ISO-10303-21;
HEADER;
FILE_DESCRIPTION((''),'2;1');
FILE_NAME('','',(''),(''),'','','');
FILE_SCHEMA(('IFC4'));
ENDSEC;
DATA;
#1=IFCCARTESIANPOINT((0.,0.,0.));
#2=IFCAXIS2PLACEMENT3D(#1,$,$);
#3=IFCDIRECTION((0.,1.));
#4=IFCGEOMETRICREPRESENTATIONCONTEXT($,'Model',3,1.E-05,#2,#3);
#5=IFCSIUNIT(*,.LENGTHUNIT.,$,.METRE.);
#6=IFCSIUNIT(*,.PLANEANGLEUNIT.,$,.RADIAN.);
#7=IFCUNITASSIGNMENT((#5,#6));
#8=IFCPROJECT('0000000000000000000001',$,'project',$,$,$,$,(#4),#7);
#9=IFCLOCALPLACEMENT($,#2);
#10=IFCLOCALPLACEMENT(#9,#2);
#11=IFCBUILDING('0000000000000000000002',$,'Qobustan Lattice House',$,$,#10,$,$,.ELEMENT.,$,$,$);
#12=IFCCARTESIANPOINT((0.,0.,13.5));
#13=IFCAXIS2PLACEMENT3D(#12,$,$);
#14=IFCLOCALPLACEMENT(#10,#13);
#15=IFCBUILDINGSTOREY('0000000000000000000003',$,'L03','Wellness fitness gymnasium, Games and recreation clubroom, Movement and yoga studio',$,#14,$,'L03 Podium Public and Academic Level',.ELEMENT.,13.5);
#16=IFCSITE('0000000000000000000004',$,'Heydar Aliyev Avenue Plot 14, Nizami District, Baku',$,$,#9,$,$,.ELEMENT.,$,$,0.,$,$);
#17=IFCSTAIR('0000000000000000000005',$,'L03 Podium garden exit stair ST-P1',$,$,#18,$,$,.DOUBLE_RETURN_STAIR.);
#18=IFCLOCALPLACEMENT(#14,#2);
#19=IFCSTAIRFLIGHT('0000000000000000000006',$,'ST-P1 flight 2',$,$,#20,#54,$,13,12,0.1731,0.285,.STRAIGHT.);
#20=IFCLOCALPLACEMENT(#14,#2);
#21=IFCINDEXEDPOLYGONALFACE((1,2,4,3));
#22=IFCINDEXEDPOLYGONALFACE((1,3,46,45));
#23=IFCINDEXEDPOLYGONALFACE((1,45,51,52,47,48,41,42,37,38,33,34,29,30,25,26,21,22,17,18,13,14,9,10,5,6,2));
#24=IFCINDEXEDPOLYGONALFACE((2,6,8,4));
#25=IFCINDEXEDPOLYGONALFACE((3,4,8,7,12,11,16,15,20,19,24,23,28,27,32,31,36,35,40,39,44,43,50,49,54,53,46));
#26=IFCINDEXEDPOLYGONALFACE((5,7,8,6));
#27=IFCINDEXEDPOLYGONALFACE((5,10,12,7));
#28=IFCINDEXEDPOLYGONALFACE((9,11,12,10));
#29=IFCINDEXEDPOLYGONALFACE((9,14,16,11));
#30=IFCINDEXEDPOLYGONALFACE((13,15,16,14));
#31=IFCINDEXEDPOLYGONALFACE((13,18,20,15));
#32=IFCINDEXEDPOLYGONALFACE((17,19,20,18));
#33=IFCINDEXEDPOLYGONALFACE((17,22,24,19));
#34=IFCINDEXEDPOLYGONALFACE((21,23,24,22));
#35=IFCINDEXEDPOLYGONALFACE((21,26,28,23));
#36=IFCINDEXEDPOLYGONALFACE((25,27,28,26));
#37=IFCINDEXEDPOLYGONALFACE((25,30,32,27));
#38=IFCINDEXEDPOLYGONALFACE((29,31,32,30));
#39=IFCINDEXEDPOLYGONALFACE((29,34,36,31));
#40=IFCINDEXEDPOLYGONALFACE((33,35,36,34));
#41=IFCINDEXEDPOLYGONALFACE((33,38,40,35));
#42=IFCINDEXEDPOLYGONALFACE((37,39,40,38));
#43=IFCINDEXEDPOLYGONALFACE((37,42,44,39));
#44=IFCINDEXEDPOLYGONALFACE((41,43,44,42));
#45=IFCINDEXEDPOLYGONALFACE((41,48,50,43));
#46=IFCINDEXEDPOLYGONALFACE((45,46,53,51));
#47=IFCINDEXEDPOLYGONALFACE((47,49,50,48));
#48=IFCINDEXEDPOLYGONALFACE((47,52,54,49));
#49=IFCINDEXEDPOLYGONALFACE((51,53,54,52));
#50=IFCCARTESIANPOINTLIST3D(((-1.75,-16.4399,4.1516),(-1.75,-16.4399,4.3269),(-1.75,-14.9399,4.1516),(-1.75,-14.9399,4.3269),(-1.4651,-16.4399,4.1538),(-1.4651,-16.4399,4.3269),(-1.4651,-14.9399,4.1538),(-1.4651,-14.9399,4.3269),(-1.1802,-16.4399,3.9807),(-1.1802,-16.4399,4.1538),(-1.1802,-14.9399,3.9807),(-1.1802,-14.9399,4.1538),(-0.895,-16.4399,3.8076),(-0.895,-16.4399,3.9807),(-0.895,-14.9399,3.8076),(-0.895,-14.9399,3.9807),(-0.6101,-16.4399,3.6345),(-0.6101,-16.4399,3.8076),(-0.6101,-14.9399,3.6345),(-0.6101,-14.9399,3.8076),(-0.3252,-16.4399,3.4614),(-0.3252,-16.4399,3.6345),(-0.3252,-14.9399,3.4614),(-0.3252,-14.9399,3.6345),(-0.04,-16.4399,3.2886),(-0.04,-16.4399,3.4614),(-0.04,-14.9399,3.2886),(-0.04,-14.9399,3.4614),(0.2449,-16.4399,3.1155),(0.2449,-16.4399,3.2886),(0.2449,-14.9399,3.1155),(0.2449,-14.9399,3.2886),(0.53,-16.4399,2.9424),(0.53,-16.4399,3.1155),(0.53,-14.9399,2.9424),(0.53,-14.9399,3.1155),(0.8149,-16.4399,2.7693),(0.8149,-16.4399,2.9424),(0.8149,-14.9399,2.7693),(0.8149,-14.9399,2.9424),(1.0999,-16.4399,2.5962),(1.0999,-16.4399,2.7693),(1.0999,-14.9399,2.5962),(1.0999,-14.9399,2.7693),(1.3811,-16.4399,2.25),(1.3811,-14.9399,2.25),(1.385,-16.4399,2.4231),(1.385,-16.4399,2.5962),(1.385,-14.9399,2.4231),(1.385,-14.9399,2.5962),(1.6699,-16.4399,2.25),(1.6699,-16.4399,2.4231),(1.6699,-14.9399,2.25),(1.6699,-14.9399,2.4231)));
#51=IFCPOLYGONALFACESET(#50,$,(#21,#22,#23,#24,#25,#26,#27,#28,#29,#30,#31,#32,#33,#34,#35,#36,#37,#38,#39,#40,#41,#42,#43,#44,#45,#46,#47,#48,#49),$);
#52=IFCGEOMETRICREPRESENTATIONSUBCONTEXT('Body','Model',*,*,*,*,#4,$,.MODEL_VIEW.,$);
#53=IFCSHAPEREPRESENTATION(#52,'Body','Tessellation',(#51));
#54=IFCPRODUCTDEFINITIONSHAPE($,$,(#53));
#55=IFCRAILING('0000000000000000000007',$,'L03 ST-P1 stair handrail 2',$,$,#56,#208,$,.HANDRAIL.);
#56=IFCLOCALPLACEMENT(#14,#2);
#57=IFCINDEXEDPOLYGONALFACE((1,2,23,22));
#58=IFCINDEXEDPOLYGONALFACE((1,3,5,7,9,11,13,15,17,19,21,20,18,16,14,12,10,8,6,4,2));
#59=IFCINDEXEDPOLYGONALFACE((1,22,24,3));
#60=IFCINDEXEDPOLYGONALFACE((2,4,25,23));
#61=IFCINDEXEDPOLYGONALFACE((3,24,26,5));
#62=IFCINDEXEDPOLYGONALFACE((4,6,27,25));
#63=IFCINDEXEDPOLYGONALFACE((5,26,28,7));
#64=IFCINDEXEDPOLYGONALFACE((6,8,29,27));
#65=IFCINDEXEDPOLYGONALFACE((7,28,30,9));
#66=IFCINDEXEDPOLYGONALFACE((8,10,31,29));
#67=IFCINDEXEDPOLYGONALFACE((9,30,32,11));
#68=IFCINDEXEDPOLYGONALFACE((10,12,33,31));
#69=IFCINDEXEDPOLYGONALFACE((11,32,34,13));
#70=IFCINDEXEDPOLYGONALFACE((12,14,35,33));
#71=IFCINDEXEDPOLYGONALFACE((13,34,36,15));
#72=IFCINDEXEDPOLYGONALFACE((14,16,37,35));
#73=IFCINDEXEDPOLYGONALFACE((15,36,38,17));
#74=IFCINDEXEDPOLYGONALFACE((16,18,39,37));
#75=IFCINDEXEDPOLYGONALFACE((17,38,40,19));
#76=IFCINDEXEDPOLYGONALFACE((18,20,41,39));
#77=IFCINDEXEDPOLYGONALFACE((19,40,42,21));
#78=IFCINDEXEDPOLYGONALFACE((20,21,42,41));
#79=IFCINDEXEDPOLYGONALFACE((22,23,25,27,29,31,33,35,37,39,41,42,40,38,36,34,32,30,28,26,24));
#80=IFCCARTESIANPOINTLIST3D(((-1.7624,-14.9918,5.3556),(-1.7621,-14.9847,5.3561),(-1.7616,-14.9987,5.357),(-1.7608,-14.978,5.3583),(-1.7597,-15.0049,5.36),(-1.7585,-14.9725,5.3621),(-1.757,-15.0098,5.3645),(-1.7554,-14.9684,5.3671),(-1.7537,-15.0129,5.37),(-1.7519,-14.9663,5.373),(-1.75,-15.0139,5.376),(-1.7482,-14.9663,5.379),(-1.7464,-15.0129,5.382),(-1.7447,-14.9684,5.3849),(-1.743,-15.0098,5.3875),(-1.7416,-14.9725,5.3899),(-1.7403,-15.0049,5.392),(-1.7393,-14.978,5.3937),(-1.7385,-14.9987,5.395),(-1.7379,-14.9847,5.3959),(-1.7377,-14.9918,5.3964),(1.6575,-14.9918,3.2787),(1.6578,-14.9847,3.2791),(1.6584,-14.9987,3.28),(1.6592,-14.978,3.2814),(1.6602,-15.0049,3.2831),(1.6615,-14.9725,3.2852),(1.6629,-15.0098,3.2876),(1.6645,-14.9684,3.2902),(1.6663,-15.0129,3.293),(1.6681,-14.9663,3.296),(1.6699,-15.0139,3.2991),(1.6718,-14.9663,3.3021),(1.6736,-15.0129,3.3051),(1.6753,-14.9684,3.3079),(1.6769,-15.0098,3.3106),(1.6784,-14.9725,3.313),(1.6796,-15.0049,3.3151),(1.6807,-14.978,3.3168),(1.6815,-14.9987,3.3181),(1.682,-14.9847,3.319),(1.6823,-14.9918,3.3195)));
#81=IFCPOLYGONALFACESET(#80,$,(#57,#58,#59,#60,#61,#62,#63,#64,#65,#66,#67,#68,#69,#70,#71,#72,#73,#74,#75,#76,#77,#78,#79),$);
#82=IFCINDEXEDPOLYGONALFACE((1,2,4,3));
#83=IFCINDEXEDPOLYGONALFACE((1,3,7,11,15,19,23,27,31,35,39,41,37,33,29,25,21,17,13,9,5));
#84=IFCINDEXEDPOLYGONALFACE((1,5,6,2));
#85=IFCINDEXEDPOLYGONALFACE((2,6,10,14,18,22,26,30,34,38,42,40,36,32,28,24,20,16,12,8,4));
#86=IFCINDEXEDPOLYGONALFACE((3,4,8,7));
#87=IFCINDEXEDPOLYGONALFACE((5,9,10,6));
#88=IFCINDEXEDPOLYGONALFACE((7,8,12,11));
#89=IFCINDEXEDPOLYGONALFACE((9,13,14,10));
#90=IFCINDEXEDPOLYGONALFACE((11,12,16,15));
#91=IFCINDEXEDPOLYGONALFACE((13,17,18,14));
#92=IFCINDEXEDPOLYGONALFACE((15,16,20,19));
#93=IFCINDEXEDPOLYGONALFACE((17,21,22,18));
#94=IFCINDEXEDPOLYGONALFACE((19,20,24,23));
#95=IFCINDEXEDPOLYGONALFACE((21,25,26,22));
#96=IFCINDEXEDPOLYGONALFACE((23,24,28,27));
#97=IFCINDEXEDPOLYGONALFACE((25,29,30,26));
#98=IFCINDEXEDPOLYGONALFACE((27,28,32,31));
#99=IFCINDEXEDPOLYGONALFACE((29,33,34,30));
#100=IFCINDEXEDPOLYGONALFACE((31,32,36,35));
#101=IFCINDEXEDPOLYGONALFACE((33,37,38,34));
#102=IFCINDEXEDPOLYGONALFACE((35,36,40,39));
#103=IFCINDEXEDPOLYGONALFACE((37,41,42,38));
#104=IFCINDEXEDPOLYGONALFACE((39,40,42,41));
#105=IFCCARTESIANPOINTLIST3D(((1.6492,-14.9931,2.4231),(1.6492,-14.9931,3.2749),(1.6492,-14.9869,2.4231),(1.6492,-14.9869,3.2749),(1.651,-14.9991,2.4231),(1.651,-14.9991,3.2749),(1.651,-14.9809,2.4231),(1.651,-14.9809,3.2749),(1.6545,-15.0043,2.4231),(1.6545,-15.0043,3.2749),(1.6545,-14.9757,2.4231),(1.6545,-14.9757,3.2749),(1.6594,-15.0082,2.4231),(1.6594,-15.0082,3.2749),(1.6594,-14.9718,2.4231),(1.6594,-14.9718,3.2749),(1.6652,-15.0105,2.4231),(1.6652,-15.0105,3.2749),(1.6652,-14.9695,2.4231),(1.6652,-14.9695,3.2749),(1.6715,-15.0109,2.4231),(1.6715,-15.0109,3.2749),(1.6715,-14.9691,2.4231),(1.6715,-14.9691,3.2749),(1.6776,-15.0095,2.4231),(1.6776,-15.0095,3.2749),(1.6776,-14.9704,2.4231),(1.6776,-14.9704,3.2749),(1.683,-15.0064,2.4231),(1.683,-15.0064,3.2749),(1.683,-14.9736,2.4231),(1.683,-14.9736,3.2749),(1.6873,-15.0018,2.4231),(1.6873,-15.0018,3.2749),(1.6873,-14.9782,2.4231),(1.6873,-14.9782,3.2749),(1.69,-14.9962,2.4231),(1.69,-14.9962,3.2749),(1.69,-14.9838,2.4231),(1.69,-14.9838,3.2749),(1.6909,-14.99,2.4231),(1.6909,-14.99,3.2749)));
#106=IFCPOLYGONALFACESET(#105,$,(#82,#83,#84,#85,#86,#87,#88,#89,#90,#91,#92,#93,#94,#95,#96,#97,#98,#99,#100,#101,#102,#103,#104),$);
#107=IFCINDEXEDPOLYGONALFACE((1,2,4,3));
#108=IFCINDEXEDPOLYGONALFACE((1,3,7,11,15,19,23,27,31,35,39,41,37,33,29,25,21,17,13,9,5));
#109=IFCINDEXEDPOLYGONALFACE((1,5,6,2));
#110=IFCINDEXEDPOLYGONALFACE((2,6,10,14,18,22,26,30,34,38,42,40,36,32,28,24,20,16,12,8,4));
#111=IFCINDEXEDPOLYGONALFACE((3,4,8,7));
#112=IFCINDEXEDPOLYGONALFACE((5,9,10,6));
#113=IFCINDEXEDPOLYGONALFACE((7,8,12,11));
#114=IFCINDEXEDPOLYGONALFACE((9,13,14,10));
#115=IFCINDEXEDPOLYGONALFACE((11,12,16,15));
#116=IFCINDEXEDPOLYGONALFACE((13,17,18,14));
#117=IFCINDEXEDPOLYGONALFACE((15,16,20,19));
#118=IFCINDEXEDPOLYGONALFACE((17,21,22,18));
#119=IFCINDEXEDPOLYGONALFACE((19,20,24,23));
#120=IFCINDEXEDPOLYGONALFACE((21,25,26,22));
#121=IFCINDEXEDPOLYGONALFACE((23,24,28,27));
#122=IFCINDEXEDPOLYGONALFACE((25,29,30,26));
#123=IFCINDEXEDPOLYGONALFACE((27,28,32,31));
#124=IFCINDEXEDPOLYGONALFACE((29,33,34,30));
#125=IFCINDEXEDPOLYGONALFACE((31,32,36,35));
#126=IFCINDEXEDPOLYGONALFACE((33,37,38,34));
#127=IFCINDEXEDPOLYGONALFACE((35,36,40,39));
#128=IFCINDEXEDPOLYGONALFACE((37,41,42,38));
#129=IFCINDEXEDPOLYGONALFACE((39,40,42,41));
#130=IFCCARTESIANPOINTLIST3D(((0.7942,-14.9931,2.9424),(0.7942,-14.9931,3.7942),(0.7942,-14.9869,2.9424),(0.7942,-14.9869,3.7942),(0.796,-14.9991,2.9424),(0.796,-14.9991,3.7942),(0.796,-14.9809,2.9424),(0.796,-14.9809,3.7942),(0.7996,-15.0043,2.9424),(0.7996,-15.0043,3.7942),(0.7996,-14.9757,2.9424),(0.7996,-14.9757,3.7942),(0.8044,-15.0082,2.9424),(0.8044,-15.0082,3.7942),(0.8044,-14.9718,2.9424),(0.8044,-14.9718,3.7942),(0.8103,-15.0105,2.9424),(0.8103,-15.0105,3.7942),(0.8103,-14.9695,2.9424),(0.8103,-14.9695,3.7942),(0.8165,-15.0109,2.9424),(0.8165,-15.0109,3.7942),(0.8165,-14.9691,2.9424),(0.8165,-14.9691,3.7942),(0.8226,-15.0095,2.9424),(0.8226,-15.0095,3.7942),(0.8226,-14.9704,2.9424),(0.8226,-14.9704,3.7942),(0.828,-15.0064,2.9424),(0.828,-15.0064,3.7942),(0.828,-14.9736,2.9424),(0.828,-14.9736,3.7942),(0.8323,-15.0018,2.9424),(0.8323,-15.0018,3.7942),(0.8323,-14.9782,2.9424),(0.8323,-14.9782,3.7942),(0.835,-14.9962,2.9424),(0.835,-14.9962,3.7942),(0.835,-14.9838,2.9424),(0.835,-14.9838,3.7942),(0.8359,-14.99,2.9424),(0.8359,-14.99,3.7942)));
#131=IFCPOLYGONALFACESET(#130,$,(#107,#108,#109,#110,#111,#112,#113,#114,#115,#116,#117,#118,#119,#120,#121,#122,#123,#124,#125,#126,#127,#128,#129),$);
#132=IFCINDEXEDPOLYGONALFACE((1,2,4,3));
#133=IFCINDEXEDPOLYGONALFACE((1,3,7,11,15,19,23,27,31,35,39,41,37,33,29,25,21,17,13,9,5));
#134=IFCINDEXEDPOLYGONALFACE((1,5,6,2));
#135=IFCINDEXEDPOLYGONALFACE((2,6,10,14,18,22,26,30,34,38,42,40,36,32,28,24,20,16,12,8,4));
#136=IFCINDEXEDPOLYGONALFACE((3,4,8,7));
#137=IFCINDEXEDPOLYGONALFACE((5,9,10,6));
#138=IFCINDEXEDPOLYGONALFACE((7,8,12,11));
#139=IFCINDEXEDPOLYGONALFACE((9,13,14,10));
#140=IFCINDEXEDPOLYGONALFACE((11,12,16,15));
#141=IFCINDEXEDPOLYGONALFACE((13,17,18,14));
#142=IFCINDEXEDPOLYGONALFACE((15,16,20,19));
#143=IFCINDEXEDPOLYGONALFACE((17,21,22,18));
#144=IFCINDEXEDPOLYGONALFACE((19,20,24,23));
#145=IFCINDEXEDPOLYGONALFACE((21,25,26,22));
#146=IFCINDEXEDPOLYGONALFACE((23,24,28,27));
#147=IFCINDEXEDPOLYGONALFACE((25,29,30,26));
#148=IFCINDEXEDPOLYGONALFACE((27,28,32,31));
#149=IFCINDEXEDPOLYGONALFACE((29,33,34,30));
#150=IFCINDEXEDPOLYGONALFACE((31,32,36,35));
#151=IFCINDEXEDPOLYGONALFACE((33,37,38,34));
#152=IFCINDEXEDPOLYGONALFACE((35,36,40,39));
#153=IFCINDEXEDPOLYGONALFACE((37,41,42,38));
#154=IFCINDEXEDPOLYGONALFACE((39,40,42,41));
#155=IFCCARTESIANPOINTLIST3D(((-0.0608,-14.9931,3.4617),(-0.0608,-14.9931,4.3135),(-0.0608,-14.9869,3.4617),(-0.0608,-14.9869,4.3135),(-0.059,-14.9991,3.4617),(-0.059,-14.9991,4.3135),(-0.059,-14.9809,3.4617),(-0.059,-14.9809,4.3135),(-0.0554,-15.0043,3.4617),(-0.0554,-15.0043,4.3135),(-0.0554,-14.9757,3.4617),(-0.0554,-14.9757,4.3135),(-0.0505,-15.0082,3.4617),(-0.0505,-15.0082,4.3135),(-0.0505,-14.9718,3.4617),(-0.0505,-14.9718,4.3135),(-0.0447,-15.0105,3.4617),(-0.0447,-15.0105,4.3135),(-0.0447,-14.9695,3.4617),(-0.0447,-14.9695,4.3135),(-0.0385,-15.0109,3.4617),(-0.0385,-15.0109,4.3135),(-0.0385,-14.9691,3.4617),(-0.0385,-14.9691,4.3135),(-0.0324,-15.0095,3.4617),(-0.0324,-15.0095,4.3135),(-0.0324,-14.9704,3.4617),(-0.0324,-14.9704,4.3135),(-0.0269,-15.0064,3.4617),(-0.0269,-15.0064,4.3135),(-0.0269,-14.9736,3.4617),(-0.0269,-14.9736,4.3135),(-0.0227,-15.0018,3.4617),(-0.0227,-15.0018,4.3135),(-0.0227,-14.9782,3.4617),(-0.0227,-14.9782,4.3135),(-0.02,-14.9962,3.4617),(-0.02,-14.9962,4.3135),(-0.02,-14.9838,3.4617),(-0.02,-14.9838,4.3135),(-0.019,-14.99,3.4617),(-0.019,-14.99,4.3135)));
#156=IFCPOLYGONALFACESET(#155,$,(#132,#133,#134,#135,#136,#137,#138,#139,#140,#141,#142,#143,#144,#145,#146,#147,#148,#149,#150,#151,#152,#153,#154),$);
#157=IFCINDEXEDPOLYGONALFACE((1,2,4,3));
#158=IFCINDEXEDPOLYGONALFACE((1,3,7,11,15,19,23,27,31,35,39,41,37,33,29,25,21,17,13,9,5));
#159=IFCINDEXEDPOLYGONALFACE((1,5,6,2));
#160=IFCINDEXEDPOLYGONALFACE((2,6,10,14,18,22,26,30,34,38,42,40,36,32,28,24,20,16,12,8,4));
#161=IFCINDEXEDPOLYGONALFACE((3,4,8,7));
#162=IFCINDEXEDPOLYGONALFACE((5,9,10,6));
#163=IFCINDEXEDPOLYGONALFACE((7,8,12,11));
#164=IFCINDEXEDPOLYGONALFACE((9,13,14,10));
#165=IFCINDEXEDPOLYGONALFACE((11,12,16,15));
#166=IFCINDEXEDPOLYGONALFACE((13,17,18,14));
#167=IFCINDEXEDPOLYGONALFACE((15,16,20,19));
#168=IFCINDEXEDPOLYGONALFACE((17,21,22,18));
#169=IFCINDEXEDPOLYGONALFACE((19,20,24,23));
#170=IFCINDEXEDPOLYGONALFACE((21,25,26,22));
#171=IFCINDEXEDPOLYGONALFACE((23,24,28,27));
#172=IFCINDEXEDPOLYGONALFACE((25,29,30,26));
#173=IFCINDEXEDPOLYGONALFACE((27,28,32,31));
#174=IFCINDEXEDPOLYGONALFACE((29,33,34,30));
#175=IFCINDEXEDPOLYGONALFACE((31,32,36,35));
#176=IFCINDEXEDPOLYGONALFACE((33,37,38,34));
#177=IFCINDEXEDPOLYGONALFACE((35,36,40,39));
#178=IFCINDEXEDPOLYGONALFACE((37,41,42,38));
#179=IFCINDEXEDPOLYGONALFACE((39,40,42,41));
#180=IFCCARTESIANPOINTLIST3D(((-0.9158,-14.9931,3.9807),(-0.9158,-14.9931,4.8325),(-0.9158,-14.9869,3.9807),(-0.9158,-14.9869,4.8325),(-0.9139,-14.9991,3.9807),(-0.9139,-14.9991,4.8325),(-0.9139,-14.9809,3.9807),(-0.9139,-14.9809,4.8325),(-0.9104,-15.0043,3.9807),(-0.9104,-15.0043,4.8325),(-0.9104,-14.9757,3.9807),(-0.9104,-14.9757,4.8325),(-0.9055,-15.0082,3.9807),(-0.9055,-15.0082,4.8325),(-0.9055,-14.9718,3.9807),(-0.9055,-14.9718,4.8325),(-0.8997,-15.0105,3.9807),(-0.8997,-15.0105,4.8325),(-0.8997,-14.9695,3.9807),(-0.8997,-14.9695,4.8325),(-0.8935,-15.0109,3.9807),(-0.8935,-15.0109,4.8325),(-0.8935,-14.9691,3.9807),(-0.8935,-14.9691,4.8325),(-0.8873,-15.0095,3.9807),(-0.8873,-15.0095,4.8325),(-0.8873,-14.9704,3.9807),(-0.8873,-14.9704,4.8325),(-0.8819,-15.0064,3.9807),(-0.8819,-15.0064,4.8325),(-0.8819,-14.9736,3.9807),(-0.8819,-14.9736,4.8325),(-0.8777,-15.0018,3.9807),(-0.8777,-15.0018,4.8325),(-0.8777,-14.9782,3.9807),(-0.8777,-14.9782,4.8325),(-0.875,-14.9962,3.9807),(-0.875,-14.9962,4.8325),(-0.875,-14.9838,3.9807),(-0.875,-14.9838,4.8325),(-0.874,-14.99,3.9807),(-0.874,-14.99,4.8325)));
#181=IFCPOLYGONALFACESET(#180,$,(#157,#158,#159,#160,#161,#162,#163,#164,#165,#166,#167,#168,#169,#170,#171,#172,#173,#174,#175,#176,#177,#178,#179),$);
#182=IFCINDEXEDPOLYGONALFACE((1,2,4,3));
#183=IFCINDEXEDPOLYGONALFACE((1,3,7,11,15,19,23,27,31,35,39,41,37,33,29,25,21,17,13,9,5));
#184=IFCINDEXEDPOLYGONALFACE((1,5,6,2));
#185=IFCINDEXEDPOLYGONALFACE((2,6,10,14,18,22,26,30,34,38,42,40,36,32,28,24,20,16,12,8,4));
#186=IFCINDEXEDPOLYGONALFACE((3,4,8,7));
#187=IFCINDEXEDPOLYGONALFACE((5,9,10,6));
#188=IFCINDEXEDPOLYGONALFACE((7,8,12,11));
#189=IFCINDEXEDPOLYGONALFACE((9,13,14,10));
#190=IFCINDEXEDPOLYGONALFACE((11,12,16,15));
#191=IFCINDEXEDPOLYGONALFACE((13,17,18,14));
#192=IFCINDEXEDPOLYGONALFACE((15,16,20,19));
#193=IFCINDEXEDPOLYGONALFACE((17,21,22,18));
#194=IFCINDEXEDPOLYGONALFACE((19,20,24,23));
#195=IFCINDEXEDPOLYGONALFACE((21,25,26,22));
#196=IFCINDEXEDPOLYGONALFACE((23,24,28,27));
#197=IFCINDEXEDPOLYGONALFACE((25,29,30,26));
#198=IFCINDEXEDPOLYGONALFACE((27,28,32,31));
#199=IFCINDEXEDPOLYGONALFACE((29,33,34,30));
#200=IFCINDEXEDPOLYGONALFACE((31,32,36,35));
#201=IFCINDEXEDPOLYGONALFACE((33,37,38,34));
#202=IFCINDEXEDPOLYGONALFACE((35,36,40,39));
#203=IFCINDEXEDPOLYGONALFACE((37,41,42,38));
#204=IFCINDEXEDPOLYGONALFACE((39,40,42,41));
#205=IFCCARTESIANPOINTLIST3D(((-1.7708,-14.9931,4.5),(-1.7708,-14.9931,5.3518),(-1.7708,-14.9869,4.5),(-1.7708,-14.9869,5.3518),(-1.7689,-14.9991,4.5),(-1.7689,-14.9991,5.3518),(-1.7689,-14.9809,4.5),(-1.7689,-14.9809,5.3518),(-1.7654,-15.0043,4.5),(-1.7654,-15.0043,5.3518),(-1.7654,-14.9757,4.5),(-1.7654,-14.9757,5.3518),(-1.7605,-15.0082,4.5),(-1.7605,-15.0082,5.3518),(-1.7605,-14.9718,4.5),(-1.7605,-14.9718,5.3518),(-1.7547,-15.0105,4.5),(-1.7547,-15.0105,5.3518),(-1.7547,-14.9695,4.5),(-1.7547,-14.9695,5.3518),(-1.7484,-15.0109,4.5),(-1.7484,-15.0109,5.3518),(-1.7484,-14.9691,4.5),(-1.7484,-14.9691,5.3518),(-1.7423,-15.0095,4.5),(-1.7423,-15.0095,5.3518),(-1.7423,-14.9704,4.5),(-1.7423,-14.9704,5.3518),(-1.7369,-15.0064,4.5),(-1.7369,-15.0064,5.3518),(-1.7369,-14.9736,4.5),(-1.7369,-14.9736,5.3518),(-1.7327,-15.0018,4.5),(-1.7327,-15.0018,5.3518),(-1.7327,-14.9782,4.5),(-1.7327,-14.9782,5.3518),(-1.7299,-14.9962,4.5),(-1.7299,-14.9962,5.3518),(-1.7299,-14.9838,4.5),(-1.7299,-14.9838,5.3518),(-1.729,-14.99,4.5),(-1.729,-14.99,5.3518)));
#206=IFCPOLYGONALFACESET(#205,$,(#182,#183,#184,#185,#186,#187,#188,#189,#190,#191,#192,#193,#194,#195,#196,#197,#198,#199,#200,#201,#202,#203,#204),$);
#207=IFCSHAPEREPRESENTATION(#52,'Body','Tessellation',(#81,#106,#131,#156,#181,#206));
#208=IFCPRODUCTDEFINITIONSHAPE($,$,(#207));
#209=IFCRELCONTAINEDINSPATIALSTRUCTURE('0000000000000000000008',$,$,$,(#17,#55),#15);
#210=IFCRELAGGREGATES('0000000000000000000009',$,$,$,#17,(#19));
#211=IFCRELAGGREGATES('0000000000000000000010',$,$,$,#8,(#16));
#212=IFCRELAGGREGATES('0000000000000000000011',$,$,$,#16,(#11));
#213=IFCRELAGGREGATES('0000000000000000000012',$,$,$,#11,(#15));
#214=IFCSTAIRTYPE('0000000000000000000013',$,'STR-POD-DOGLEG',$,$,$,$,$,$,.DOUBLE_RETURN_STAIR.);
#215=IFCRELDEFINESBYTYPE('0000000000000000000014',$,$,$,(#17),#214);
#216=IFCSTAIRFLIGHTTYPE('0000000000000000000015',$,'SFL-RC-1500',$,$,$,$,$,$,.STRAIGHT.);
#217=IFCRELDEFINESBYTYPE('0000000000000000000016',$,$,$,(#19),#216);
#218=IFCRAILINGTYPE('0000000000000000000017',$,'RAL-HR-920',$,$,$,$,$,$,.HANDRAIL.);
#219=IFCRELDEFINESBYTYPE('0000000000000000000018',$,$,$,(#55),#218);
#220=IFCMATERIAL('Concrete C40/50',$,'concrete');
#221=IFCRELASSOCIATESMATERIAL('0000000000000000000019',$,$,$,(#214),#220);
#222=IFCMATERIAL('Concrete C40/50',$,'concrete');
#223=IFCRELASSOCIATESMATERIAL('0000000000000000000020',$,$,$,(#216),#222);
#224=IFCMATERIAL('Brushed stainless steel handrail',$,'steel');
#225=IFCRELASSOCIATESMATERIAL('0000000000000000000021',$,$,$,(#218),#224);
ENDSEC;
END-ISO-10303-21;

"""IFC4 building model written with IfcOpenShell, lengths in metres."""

from ifc_helpers import new_model, si_unit, direction, frame, origin, origin_2d, place, context, subcontext, project, spatial, polyline, circle, outline, extrude, material, type_object, element, aggregate, save


model = new_model("IFC4")

# Units and contexts
model_context = context("Model", 3, precision=1e-05, world=origin(), true_north=direction((0.0, 1.0)))
body_context = subcontext(model_context, "Body", "Model", "MODEL_VIEW")
ifc_project = project(units=[si_unit("LENGTHUNIT", "METRE"), si_unit("PLANEANGLEUNIT", "RADIAN")], contexts=[model_context])

# Site, building, storey
site_placement = place(None, origin())
site = spatial("IfcSite", under=ifc_project, at=site_placement, Name="Heydar Aliyev Avenue Plot 14, Nizami District, Baku", CompositionType="ELEMENT", RefElevation=0.0)
building_placement = place(site_placement, origin())
building = spatial("IfcBuilding", under=site, at=building_placement, Name="Qobustan Lattice House", CompositionType="ELEMENT")
storey_placement = place(building_placement, frame((0.0, 0.0, 13.5)))
storey = spatial("IfcBuildingStorey", under=building, at=storey_placement, Name="L03", Description="Wellness fitness gymnasium, Games and recreation clubroom, Movement and yoga studio", LongName="L03 Podium Public and Academic Level", CompositionType="ELEMENT", Elevation=13.5)

# Stair, stair flight
ifc_material_1 = material(Name="Concrete C40/50", Category="concrete")
stair_type = type_object("IfcStairType", Name="STR-POD-DOGLEG", PredefinedType="DOUBLE_RETURN_STAIR", material=ifc_material_1)
stair_placement = place(storey_placement, origin())
stair = element("IfcStair", 1, at=stair_placement, inside=storey, type_object=stair_type, Name="L03 Podium garden exit stair ST-P1", PredefinedType="DOUBLE_RETURN_STAIR")
ifc_material_2 = material(Name="Concrete C40/50", Category="concrete")
stair_flight_type = type_object("IfcStairFlightType", Name="SFL-RC-1500", PredefinedType="STRAIGHT", material=ifc_material_2)
stair_flight_placement = place(storey_placement, frame((1.6699, -15.6899, 2.25), z_axis=(0.0, 0.0, 1.0), x_axis=(-1.0, 0.0, 0.0)))
stair_flight = element("IfcStairFlight", 2, at=stair_flight_placement, type_object=stair_flight_type, Name="ST-P1 flight 2", NumberOfRisers=13, NumberOfTreads=12, PredefinedType="STRAIGHT", RiserHeight=0.1731, TreadLength=0.285, context=body_context, shape_type="SweptSolid", body=[
    extrude(outline(polyline([(0.0, 0.0), (0.0, 0.1731), (0.2849, 0.1731), (0.2849, 0.3462), (0.5701, 0.3462), (0.5701, 0.5193), (0.855, 0.5193), (0.855, 0.6924), (1.1399, 0.6924), (1.1399, 0.8655), (1.425, 0.8655), (1.425, 1.0386), (1.71, 1.0386), (1.71, 1.2114), (1.9951, 1.2114), (1.9951, 1.3845), (2.28, 1.3845), (2.28, 1.5576), (2.5649, 1.5576), (2.5649, 1.7307), (2.8501, 1.7307), (2.8501, 1.9038), (3.135, 1.9038), (3.135, 2.0769), (3.4199, 2.0769), (3.4199, 2.25), (3.4199, 1.9016), (0.2888, 0.0), (0.0, 0.0)])), frame((0.0, 0.75, 0.0), z_axis=(0.0, -1.0, 0.0), x_axis=(1.0, 0.0, 0.0)), (0.0, 0.0, 1.0), 1.5),
])
aggregate(stair, [stair_flight])

# Railing
ifc_material_3 = material(Name="Brushed stainless steel handrail", Category="steel")
railing_type_1 = type_object("IfcRailingType", Name="RAL-HR-920", PredefinedType="HANDRAIL", material=ifc_material_3)
railing_1_placement = place(storey_placement, frame((1.6699, -14.99, 2.4231)))
element("IfcRailing", 3, at=railing_1_placement, inside=storey, type_object=railing_type_1, Name="L03 ST-P1 stair handrail 2", PredefinedType="HANDRAIL", context=body_context, shape_type="SweptSolid", body=[
    extrude(circle(Radius=0.0239, at=origin_2d()), frame((0.0, 0.0, 0.876), z_axis=(-0.85473, 0.0, 0.519074), x_axis=(0.0, -1.0, 0.0)), (0.0, 0.0, 1.0), 4.0012),
    extrude(circle(Radius=0.021, at=origin_2d()), origin(), (0.0, 0.0, 1.0), 0.8518),
    extrude(circle(Radius=0.021, at=origin_2d()), frame((-0.855, 0.0, 0.5193)), (0.0, 0.0, 1.0), 0.8518),
    extrude(circle(Radius=0.021, at=origin_2d()), frame((-1.71, 0.0, 1.0386)), (0.0, 0.0, 1.0), 0.8518),
    extrude(circle(Radius=0.021, at=origin_2d()), frame((-2.5649, 0.0, 1.5576)), (0.0, 0.0, 1.0), 0.8518),
    extrude(circle(Radius=0.021, at=origin_2d()), frame((-3.4199, 0.0, 2.0769)), (0.0, 0.0, 1.0), 0.8518),
])

save(model, "model.ifc")
